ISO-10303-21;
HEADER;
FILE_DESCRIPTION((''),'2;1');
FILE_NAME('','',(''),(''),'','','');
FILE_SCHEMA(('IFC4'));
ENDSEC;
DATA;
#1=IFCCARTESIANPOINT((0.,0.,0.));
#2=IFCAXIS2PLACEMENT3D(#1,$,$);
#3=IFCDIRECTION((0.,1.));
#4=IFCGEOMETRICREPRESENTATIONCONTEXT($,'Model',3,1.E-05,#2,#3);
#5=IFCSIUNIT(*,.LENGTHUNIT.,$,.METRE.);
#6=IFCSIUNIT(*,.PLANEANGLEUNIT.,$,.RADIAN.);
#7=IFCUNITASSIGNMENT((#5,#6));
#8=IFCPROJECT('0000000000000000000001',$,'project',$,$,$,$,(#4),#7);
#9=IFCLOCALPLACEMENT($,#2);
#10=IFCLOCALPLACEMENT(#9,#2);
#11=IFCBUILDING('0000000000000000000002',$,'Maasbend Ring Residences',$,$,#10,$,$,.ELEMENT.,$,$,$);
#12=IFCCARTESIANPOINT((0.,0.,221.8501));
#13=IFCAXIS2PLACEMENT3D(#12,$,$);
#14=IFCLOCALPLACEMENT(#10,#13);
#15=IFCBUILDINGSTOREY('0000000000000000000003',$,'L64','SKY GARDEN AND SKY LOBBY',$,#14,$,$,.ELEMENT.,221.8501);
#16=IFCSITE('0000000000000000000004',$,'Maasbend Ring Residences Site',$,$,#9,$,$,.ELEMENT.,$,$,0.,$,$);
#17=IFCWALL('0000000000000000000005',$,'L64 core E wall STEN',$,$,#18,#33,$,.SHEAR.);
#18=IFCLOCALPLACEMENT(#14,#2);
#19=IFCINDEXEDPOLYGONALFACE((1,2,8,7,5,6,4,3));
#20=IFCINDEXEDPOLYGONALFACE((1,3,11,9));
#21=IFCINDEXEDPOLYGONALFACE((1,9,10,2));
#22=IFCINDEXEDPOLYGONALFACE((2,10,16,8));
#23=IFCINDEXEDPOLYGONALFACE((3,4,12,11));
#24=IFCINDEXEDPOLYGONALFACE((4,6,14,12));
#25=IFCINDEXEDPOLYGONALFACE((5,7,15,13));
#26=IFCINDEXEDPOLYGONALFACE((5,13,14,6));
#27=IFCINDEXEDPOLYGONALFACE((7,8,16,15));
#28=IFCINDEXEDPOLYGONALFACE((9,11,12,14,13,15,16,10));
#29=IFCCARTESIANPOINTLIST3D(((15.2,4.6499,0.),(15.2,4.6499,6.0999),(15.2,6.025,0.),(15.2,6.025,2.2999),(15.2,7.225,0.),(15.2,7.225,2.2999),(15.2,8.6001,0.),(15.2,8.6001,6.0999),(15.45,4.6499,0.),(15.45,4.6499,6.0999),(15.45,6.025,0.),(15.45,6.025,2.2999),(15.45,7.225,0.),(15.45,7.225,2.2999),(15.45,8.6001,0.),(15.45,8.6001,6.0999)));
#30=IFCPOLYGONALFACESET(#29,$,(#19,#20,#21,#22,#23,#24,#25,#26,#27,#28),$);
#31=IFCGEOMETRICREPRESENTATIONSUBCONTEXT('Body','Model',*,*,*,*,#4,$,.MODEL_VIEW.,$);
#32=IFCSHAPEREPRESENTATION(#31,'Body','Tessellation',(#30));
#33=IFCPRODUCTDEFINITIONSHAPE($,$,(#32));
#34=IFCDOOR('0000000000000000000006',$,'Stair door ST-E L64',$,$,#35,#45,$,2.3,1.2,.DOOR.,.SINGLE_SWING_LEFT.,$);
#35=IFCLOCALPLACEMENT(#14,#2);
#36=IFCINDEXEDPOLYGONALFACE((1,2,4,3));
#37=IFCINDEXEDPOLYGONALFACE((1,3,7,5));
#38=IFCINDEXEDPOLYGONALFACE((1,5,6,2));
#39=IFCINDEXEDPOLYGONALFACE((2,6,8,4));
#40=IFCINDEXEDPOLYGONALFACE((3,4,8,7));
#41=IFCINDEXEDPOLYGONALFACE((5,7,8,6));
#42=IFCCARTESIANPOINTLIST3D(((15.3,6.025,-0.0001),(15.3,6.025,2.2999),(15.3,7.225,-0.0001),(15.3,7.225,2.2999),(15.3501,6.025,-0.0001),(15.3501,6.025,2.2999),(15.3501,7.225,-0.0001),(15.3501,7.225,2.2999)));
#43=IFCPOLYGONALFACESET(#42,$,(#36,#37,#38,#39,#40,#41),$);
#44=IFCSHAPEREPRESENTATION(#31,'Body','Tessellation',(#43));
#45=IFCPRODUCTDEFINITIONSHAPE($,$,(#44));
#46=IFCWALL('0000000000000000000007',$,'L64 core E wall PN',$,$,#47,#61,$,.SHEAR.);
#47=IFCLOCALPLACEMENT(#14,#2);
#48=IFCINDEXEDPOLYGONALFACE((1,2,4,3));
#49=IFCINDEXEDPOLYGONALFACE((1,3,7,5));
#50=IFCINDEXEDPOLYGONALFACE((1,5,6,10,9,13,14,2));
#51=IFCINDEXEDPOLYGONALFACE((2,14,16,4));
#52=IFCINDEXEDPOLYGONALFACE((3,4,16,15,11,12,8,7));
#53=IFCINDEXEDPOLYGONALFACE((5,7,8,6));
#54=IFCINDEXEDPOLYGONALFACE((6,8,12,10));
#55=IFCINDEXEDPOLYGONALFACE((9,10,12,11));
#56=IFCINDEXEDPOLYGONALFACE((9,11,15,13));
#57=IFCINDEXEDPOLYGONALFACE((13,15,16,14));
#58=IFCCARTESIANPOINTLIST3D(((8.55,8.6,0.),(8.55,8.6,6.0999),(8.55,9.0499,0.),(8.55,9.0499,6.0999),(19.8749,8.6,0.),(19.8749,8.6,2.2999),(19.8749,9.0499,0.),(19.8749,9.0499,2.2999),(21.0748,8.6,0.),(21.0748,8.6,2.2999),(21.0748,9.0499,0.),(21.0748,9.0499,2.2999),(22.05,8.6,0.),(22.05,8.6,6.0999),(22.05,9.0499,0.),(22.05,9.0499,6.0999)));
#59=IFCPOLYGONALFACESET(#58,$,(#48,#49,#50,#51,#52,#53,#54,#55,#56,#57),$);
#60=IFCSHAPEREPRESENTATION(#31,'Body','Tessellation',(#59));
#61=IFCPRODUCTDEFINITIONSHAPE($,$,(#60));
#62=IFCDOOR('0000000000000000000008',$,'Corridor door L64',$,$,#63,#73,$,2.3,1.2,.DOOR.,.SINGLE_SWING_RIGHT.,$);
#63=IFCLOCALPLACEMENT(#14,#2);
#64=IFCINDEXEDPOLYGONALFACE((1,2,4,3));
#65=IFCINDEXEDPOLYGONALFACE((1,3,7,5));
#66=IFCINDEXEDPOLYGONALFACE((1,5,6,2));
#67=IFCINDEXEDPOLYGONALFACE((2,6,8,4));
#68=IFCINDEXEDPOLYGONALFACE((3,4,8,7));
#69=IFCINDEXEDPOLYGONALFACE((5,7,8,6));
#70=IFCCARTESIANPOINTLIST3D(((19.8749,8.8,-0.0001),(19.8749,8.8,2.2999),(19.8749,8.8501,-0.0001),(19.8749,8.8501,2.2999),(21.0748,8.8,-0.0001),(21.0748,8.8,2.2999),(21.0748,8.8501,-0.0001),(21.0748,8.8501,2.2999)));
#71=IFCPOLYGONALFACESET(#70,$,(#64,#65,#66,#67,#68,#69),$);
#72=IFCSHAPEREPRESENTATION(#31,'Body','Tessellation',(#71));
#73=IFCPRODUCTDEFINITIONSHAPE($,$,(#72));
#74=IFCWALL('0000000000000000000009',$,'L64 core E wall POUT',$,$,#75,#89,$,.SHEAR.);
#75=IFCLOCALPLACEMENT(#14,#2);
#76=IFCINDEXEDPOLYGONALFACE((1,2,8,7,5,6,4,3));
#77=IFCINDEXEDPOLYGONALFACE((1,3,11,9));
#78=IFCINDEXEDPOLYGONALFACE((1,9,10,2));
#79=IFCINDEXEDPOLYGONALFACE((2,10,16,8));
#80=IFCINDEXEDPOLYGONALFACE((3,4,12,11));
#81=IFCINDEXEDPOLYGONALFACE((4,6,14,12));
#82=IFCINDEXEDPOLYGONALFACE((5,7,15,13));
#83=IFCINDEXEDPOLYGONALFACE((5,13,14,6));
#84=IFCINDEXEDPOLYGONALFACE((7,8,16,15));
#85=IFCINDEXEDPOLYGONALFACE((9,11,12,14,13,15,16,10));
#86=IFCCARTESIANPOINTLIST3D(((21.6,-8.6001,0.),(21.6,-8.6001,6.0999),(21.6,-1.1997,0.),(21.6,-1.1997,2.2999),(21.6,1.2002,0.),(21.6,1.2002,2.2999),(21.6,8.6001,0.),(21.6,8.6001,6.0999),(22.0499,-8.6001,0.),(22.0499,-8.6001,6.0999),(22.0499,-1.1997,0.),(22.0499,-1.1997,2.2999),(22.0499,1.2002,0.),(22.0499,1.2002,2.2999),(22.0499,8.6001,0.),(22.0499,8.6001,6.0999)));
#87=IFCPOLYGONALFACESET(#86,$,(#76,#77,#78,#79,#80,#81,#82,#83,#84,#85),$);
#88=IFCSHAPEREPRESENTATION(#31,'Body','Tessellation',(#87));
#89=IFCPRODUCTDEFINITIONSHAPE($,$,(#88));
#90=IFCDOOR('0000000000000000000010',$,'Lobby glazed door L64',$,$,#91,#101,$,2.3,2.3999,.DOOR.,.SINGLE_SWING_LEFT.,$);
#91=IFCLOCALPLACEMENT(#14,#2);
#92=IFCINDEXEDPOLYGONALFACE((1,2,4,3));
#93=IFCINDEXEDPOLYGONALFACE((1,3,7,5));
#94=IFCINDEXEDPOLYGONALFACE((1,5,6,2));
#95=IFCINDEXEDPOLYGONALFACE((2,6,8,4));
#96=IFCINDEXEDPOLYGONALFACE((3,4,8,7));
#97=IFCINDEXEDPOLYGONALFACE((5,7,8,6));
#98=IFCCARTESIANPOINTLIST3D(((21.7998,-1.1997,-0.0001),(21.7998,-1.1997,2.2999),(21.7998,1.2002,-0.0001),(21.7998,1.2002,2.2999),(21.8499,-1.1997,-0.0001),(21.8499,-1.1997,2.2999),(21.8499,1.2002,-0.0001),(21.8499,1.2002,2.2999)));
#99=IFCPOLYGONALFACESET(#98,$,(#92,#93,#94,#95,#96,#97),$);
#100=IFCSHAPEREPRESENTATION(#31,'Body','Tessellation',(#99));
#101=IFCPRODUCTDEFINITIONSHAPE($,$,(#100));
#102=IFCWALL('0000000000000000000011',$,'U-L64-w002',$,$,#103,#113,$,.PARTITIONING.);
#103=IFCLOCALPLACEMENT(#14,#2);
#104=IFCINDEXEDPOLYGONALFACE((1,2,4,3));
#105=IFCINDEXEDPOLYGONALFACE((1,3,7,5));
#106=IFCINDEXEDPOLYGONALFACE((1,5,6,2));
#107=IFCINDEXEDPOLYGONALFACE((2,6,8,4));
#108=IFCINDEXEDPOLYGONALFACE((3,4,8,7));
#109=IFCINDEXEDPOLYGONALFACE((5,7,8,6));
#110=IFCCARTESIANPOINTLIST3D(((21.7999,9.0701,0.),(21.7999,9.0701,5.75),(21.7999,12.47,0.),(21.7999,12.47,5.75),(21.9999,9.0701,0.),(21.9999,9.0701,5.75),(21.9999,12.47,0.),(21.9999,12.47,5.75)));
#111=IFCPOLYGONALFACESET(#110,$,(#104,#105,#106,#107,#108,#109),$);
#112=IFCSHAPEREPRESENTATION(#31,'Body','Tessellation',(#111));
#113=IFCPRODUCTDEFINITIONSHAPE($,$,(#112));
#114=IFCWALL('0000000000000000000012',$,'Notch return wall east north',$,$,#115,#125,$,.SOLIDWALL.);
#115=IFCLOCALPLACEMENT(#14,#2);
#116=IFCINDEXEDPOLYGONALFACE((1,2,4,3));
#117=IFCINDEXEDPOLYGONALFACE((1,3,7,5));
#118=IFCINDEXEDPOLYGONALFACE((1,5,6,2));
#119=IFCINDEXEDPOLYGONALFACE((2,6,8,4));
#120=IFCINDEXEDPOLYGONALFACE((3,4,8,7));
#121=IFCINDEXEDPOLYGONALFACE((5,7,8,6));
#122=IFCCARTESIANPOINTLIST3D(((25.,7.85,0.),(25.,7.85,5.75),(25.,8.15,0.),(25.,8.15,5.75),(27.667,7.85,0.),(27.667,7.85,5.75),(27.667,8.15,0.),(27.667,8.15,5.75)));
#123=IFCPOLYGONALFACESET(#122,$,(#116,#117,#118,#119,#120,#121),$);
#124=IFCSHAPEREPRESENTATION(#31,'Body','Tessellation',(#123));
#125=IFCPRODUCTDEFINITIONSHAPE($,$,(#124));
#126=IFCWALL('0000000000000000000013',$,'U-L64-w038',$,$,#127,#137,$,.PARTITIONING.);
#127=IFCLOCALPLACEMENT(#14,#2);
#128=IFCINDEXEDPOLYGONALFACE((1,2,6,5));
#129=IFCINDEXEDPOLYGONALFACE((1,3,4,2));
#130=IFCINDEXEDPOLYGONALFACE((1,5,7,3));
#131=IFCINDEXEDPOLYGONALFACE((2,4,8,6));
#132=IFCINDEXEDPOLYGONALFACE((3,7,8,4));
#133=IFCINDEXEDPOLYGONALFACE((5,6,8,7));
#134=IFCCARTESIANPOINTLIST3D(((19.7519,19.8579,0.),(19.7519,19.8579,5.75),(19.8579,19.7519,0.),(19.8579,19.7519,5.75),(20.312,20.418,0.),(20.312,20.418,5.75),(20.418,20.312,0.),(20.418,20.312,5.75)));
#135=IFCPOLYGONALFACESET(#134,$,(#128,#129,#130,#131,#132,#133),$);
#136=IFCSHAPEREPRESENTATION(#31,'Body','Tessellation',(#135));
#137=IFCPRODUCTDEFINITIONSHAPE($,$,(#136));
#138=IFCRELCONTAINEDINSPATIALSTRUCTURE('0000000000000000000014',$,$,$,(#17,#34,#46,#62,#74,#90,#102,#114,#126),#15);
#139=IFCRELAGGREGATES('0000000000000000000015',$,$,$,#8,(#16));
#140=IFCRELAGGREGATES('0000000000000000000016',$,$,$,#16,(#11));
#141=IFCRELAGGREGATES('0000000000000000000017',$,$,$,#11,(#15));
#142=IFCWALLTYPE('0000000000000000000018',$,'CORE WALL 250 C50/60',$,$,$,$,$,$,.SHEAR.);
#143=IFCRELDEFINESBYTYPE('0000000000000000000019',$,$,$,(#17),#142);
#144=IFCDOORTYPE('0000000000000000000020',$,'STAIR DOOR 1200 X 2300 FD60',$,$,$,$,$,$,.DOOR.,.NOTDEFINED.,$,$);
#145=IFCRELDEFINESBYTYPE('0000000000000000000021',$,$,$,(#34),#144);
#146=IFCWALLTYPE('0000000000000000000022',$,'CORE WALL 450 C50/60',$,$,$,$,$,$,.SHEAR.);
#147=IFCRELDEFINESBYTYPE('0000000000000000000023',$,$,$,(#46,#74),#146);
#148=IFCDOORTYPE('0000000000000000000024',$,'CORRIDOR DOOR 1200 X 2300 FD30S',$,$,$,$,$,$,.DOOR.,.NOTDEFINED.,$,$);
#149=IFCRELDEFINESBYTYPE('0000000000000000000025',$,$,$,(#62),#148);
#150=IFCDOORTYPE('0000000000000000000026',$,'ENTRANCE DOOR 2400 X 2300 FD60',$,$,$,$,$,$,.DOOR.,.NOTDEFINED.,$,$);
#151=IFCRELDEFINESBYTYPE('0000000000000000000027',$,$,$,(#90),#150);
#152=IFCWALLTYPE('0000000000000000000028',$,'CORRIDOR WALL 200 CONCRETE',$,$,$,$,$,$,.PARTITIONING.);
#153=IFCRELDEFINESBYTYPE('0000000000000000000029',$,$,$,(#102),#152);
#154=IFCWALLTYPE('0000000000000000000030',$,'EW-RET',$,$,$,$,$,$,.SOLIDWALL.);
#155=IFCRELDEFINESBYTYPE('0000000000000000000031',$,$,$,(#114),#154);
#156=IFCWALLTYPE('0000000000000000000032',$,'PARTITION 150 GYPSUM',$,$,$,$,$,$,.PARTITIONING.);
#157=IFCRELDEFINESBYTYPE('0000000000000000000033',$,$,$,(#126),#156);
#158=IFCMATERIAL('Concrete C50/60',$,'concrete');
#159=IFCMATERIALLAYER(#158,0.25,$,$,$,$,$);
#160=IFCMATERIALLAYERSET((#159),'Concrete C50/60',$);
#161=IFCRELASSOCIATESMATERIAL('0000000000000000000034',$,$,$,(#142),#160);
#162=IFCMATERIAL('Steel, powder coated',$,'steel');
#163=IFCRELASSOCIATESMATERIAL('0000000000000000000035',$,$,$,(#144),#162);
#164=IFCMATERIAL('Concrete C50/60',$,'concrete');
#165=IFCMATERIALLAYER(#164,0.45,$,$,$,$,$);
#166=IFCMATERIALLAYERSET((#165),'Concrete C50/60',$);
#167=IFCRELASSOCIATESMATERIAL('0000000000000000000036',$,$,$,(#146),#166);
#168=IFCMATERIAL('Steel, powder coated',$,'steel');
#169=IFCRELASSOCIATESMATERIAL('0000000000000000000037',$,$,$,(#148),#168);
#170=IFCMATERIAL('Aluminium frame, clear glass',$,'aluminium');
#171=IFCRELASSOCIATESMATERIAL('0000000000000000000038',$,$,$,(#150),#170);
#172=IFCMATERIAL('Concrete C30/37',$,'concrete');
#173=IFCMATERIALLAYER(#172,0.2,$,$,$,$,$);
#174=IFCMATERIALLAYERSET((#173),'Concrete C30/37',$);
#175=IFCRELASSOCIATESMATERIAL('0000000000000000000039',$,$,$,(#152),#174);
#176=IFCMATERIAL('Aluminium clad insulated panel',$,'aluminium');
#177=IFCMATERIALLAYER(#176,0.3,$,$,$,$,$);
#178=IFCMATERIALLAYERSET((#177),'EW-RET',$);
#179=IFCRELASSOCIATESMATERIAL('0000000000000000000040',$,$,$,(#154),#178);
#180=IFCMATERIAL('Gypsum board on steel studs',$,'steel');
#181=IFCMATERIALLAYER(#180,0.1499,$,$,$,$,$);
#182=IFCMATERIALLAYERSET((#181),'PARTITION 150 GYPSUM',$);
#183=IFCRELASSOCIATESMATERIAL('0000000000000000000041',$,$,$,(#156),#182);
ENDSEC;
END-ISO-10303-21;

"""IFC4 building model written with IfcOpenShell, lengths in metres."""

from ifc_helpers import new_model, si_unit, direction, frame, frame_2d, origin, place, context, subcontext, project, spatial, rectangle, extrude, material, layer, layer_set, type_object, element, fill, save


model = new_model("IFC4")

# Units and contexts
model_context = context("Model", 3, precision=1e-05, world=origin(), true_north=direction((0.0, 1.0)))
body_context = subcontext(model_context, "Body", "Model", "MODEL_VIEW")
ifc_project = project(units=[si_unit("LENGTHUNIT", "METRE"), si_unit("PLANEANGLEUNIT", "RADIAN")], contexts=[model_context])

# Site, building, storey
site_placement = place(None, origin())
site = spatial("IfcSite", under=ifc_project, at=site_placement, Name="Maasbend Ring Residences Site", CompositionType="ELEMENT", RefElevation=0.0)
building_placement = place(site_placement, origin())
building = spatial("IfcBuilding", under=site, at=building_placement, Name="Maasbend Ring Residences", CompositionType="ELEMENT")
storey_placement = place(building_placement, frame((0.0, 0.0, 221.8501)))
storey = spatial("IfcBuildingStorey", under=building, at=storey_placement, Name="L64", Description="SKY GARDEN AND SKY LOBBY", CompositionType="ELEMENT", Elevation=221.8501)

# Walls, openings, doors
ifc_material_1 = material(Name="Concrete C50/60", Category="concrete")
ifc_layer_1 = layer(ifc_material_1, 0.25)
ifc_layer_set_1 = layer_set([ifc_layer_1], Name="Concrete C50/60")
wall_type_1 = type_object("IfcWallType", Name="CORE WALL 250 C50/60", PredefinedType="SHEAR", material=ifc_layer_set_1)
wall_1_placement = place(storey_placement, frame((15.325, 4.6499, 0.0), z_axis=(0.0, 0.0, 1.0), x_axis=(0.0, 1.0, 0.0)))
wall_1 = element("IfcWall", 1, at=wall_1_placement, inside=storey, type_object=wall_type_1, Name="L64 core E wall STEN", PredefinedType="SHEAR", context=body_context, shape_type="SweptSolid", body=[
    extrude(rectangle(XDim=3.9502, YDim=0.25, at=frame_2d((1.9751, 0.0))), origin(), (0.0, 0.0, 1.0), 6.0999),
])
opening_1_placement = place(wall_1_placement, frame((1.375, 0.0, 0.0)))
opening_1 = element("IfcOpeningElement", 2, at=opening_1_placement, cuts=wall_1, PredefinedType="OPENING", context=body_context, shape_type="SweptSolid", body=[
    extrude(rectangle(XDim=1.2, YDim=2.3, at=frame_2d((0.6001, 1.1499))), frame((0.0, 0.135, 0.0), z_axis=(0.0, -1.0, 0.0), x_axis=(1.0, 0.0, 0.0)), (0.0, 0.0, 1.0), 0.27),
])
ifc_material_2 = material(Name="Steel, powder coated", Category="steel")
door_type_1 = type_object("IfcDoorType", Name="STAIR DOOR 1200 X 2300 FD60", OperationType="NOTDEFINED", PredefinedType="DOOR", material=ifc_material_2)
door_1_placement = place(opening_1_placement, origin())
door_1 = element("IfcDoor", 3, at=door_1_placement, inside=storey, type_object=door_type_1, Name="Stair door ST-E L64", OperationType="SINGLE_SWING_LEFT", OverallHeight=2.3, OverallWidth=1.2, PredefinedType="DOOR", context=body_context, shape_type="SweptSolid", body=[
    extrude(rectangle(XDim=1.2, YDim=2.3, at=frame_2d((0.6001, 1.1499))), frame((0.0, 0.0249, 0.0), z_axis=(0.0, -1.0, 0.0), x_axis=(1.0, 0.0, 0.0)), (0.0, 0.0, 1.0), 0.05),
])
fill(opening_1, door_1)
ifc_material_3 = material(Name="Concrete C50/60", Category="concrete")
ifc_layer_2 = layer(ifc_material_3, 0.45)
ifc_layer_set_2 = layer_set([ifc_layer_2], Name="Concrete C50/60")
wall_type_2 = type_object("IfcWallType", Name="CORE WALL 450 C50/60", PredefinedType="SHEAR", material=ifc_layer_set_2)
wall_2_placement = place(storey_placement, frame((22.05, 8.825, 0.0), z_axis=(0.0, 0.0, 1.0), x_axis=(-1.0, 0.0, 0.0)))
wall_2 = element("IfcWall", 4, at=wall_2_placement, inside=storey, type_object=wall_type_2, Name="L64 core E wall PN", PredefinedType="SHEAR", context=body_context, shape_type="SweptSolid", body=[
    extrude(rectangle(XDim=13.5, YDim=0.45, at=frame_2d((6.75, 0.0))), origin(), (0.0, 0.0, 1.0), 6.0999),
])
opening_2_placement = place(wall_2_placement, frame((0.9751, 0.0, 0.0)))
opening_2 = element("IfcOpeningElement", 5, at=opening_2_placement, cuts=wall_2, PredefinedType="OPENING", context=body_context, shape_type="SweptSolid", body=[
    extrude(rectangle(XDim=1.2, YDim=2.3, at=frame_2d((0.6001, 1.1499))), frame((0.0, 0.2349, 0.0), z_axis=(0.0, -1.0, 0.0), x_axis=(1.0, 0.0, 0.0)), (0.0, 0.0, 1.0), 0.47),
])
ifc_material_4 = material(Name="Steel, powder coated", Category="steel")
door_type_2 = type_object("IfcDoorType", Name="CORRIDOR DOOR 1200 X 2300 FD30S", OperationType="NOTDEFINED", PredefinedType="DOOR", material=ifc_material_4)
door_2_placement = place(opening_2_placement, origin())
door_2 = element("IfcDoor", 6, at=door_2_placement, inside=storey, type_object=door_type_2, Name="Corridor door L64", OperationType="SINGLE_SWING_RIGHT", OverallHeight=2.3, OverallWidth=1.2, PredefinedType="DOOR", context=body_context, shape_type="SweptSolid", body=[
    extrude(rectangle(XDim=1.2, YDim=2.3, at=frame_2d((0.6001, 1.1499))), frame((0.0, 0.0249, 0.0), z_axis=(0.0, -1.0, 0.0), x_axis=(1.0, 0.0, 0.0)), (0.0, 0.0, 1.0), 0.05),
])
fill(opening_2, door_2)
wall_3_placement = place(storey_placement, frame((21.825, 8.6001, 0.0), z_axis=(0.0, 0.0, 1.0), x_axis=(0.0, -1.0, 0.0)))
wall_3 = element("IfcWall", 7, at=wall_3_placement, inside=storey, type_object=wall_type_2, Name="L64 core E wall POUT", PredefinedType="SHEAR", context=body_context, shape_type="SweptSolid", body=[
    extrude(rectangle(XDim=17.2002, YDim=0.45, at=frame_2d((8.6001, 0.0))), origin(), (0.0, 0.0, 1.0), 6.0999),
])
opening_3_placement = place(wall_3_placement, frame((7.3999, 0.0, 0.0)))
opening_3 = element("IfcOpeningElement", 8, at=opening_3_placement, cuts=wall_3, PredefinedType="OPENING", context=body_context, shape_type="SweptSolid", body=[
    extrude(rectangle(XDim=2.3999, YDim=2.3, at=frame_2d((1.2, 1.1499))), frame((0.0, 0.2349, 0.0), z_axis=(0.0, -1.0, 0.0), x_axis=(1.0, 0.0, 0.0)), (0.0, 0.0, 1.0), 0.47),
])
ifc_material_5 = material(Name="Aluminium frame, clear glass", Category="aluminium")
door_type_3 = type_object("IfcDoorType", Name="ENTRANCE DOOR 2400 X 2300 FD60", OperationType="NOTDEFINED", PredefinedType="DOOR", material=ifc_material_5)
door_3_placement = place(opening_3_placement, origin())
door_3 = element("IfcDoor", 9, at=door_3_placement, inside=storey, type_object=door_type_3, Name="Lobby glazed door L64", OperationType="SINGLE_SWING_LEFT", OverallHeight=2.3, OverallWidth=2.3999, PredefinedType="DOOR", context=body_context, shape_type="SweptSolid", body=[
    extrude(rectangle(XDim=2.3999, YDim=2.3, at=frame_2d((1.2, 1.1499))), frame((0.0, 0.0249, 0.0), z_axis=(0.0, -1.0, 0.0), x_axis=(1.0, 0.0, 0.0)), (0.0, 0.0, 1.0), 0.05),
])
fill(opening_3, door_3)

# Walls
ifc_material_6 = material(Name="Concrete C30/37", Category="concrete")
ifc_layer_3 = layer(ifc_material_6, 0.2)
ifc_layer_set_3 = layer_set([ifc_layer_3], Name="Concrete C30/37")
wall_type_3 = type_object("IfcWallType", Name="CORRIDOR WALL 200 CONCRETE", PredefinedType="PARTITIONING", material=ifc_layer_set_3)
wall_4_placement = place(storey_placement, frame((21.8999, 9.0701, 0.0), z_axis=(0.0, 0.0, 1.0), x_axis=(0.0, 1.0, 0.0)))
element("IfcWall", 10, at=wall_4_placement, inside=storey, type_object=wall_type_3, Name="U-L64-w002", PredefinedType="PARTITIONING", context=body_context, shape_type="SweptSolid", body=[
    extrude(rectangle(XDim=3.3999, YDim=0.2, at=frame_2d((1.7, 0.0))), origin(), (0.0, 0.0, 1.0), 5.75),
])
ifc_material_7 = material(Name="Aluminium clad insulated panel", Category="aluminium")
ifc_layer_4 = layer(ifc_material_7, 0.3)
ifc_layer_set_4 = layer_set([ifc_layer_4], Name="EW-RET")
wall_type_4 = type_object("IfcWallType", Name="EW-RET", PredefinedType="SOLIDWALL", material=ifc_layer_set_4)
wall_5_placement = place(storey_placement, frame((25.0, 8.0, 0.0), z_axis=(0.0, 0.0, 1.0), x_axis=(1.0, 0.0, 0.0)))
element("IfcWall", 11, at=wall_5_placement, inside=storey, type_object=wall_type_4, Name="Notch return wall east north", PredefinedType="SOLIDWALL", context=body_context, shape_type="SweptSolid", body=[
    extrude(rectangle(XDim=2.667, YDim=0.3, at=frame_2d((1.3335, 0.0))), origin(), (0.0, 0.0, 1.0), 5.75),
])
ifc_material_8 = material(Name="Gypsum board on steel studs", Category="steel")
ifc_layer_5 = layer(ifc_material_8, 0.1499)
ifc_layer_set_5 = layer_set([ifc_layer_5], Name="PARTITION 150 GYPSUM")
wall_type_5 = type_object("IfcWallType", Name="PARTITION 150 GYPSUM", PredefinedType="PARTITIONING", material=ifc_layer_set_5)
wall_6_placement = place(storey_placement, frame((19.8049, 19.8049, 0.0), z_axis=(0.0, 0.0, 1.0), x_axis=(0.707107, 0.707107, 0.0)))
element("IfcWall", 12, at=wall_6_placement, inside=storey, type_object=wall_type_5, Name="U-L64-w038", PredefinedType="PARTITIONING", context=body_context, shape_type="SweptSolid", body=[
    extrude(rectangle(XDim=0.792, YDim=0.1499, at=frame_2d((0.396, 0.0))), origin(), (0.0, 0.0, 1.0), 5.75),
])

save(model, "model.ifc")
